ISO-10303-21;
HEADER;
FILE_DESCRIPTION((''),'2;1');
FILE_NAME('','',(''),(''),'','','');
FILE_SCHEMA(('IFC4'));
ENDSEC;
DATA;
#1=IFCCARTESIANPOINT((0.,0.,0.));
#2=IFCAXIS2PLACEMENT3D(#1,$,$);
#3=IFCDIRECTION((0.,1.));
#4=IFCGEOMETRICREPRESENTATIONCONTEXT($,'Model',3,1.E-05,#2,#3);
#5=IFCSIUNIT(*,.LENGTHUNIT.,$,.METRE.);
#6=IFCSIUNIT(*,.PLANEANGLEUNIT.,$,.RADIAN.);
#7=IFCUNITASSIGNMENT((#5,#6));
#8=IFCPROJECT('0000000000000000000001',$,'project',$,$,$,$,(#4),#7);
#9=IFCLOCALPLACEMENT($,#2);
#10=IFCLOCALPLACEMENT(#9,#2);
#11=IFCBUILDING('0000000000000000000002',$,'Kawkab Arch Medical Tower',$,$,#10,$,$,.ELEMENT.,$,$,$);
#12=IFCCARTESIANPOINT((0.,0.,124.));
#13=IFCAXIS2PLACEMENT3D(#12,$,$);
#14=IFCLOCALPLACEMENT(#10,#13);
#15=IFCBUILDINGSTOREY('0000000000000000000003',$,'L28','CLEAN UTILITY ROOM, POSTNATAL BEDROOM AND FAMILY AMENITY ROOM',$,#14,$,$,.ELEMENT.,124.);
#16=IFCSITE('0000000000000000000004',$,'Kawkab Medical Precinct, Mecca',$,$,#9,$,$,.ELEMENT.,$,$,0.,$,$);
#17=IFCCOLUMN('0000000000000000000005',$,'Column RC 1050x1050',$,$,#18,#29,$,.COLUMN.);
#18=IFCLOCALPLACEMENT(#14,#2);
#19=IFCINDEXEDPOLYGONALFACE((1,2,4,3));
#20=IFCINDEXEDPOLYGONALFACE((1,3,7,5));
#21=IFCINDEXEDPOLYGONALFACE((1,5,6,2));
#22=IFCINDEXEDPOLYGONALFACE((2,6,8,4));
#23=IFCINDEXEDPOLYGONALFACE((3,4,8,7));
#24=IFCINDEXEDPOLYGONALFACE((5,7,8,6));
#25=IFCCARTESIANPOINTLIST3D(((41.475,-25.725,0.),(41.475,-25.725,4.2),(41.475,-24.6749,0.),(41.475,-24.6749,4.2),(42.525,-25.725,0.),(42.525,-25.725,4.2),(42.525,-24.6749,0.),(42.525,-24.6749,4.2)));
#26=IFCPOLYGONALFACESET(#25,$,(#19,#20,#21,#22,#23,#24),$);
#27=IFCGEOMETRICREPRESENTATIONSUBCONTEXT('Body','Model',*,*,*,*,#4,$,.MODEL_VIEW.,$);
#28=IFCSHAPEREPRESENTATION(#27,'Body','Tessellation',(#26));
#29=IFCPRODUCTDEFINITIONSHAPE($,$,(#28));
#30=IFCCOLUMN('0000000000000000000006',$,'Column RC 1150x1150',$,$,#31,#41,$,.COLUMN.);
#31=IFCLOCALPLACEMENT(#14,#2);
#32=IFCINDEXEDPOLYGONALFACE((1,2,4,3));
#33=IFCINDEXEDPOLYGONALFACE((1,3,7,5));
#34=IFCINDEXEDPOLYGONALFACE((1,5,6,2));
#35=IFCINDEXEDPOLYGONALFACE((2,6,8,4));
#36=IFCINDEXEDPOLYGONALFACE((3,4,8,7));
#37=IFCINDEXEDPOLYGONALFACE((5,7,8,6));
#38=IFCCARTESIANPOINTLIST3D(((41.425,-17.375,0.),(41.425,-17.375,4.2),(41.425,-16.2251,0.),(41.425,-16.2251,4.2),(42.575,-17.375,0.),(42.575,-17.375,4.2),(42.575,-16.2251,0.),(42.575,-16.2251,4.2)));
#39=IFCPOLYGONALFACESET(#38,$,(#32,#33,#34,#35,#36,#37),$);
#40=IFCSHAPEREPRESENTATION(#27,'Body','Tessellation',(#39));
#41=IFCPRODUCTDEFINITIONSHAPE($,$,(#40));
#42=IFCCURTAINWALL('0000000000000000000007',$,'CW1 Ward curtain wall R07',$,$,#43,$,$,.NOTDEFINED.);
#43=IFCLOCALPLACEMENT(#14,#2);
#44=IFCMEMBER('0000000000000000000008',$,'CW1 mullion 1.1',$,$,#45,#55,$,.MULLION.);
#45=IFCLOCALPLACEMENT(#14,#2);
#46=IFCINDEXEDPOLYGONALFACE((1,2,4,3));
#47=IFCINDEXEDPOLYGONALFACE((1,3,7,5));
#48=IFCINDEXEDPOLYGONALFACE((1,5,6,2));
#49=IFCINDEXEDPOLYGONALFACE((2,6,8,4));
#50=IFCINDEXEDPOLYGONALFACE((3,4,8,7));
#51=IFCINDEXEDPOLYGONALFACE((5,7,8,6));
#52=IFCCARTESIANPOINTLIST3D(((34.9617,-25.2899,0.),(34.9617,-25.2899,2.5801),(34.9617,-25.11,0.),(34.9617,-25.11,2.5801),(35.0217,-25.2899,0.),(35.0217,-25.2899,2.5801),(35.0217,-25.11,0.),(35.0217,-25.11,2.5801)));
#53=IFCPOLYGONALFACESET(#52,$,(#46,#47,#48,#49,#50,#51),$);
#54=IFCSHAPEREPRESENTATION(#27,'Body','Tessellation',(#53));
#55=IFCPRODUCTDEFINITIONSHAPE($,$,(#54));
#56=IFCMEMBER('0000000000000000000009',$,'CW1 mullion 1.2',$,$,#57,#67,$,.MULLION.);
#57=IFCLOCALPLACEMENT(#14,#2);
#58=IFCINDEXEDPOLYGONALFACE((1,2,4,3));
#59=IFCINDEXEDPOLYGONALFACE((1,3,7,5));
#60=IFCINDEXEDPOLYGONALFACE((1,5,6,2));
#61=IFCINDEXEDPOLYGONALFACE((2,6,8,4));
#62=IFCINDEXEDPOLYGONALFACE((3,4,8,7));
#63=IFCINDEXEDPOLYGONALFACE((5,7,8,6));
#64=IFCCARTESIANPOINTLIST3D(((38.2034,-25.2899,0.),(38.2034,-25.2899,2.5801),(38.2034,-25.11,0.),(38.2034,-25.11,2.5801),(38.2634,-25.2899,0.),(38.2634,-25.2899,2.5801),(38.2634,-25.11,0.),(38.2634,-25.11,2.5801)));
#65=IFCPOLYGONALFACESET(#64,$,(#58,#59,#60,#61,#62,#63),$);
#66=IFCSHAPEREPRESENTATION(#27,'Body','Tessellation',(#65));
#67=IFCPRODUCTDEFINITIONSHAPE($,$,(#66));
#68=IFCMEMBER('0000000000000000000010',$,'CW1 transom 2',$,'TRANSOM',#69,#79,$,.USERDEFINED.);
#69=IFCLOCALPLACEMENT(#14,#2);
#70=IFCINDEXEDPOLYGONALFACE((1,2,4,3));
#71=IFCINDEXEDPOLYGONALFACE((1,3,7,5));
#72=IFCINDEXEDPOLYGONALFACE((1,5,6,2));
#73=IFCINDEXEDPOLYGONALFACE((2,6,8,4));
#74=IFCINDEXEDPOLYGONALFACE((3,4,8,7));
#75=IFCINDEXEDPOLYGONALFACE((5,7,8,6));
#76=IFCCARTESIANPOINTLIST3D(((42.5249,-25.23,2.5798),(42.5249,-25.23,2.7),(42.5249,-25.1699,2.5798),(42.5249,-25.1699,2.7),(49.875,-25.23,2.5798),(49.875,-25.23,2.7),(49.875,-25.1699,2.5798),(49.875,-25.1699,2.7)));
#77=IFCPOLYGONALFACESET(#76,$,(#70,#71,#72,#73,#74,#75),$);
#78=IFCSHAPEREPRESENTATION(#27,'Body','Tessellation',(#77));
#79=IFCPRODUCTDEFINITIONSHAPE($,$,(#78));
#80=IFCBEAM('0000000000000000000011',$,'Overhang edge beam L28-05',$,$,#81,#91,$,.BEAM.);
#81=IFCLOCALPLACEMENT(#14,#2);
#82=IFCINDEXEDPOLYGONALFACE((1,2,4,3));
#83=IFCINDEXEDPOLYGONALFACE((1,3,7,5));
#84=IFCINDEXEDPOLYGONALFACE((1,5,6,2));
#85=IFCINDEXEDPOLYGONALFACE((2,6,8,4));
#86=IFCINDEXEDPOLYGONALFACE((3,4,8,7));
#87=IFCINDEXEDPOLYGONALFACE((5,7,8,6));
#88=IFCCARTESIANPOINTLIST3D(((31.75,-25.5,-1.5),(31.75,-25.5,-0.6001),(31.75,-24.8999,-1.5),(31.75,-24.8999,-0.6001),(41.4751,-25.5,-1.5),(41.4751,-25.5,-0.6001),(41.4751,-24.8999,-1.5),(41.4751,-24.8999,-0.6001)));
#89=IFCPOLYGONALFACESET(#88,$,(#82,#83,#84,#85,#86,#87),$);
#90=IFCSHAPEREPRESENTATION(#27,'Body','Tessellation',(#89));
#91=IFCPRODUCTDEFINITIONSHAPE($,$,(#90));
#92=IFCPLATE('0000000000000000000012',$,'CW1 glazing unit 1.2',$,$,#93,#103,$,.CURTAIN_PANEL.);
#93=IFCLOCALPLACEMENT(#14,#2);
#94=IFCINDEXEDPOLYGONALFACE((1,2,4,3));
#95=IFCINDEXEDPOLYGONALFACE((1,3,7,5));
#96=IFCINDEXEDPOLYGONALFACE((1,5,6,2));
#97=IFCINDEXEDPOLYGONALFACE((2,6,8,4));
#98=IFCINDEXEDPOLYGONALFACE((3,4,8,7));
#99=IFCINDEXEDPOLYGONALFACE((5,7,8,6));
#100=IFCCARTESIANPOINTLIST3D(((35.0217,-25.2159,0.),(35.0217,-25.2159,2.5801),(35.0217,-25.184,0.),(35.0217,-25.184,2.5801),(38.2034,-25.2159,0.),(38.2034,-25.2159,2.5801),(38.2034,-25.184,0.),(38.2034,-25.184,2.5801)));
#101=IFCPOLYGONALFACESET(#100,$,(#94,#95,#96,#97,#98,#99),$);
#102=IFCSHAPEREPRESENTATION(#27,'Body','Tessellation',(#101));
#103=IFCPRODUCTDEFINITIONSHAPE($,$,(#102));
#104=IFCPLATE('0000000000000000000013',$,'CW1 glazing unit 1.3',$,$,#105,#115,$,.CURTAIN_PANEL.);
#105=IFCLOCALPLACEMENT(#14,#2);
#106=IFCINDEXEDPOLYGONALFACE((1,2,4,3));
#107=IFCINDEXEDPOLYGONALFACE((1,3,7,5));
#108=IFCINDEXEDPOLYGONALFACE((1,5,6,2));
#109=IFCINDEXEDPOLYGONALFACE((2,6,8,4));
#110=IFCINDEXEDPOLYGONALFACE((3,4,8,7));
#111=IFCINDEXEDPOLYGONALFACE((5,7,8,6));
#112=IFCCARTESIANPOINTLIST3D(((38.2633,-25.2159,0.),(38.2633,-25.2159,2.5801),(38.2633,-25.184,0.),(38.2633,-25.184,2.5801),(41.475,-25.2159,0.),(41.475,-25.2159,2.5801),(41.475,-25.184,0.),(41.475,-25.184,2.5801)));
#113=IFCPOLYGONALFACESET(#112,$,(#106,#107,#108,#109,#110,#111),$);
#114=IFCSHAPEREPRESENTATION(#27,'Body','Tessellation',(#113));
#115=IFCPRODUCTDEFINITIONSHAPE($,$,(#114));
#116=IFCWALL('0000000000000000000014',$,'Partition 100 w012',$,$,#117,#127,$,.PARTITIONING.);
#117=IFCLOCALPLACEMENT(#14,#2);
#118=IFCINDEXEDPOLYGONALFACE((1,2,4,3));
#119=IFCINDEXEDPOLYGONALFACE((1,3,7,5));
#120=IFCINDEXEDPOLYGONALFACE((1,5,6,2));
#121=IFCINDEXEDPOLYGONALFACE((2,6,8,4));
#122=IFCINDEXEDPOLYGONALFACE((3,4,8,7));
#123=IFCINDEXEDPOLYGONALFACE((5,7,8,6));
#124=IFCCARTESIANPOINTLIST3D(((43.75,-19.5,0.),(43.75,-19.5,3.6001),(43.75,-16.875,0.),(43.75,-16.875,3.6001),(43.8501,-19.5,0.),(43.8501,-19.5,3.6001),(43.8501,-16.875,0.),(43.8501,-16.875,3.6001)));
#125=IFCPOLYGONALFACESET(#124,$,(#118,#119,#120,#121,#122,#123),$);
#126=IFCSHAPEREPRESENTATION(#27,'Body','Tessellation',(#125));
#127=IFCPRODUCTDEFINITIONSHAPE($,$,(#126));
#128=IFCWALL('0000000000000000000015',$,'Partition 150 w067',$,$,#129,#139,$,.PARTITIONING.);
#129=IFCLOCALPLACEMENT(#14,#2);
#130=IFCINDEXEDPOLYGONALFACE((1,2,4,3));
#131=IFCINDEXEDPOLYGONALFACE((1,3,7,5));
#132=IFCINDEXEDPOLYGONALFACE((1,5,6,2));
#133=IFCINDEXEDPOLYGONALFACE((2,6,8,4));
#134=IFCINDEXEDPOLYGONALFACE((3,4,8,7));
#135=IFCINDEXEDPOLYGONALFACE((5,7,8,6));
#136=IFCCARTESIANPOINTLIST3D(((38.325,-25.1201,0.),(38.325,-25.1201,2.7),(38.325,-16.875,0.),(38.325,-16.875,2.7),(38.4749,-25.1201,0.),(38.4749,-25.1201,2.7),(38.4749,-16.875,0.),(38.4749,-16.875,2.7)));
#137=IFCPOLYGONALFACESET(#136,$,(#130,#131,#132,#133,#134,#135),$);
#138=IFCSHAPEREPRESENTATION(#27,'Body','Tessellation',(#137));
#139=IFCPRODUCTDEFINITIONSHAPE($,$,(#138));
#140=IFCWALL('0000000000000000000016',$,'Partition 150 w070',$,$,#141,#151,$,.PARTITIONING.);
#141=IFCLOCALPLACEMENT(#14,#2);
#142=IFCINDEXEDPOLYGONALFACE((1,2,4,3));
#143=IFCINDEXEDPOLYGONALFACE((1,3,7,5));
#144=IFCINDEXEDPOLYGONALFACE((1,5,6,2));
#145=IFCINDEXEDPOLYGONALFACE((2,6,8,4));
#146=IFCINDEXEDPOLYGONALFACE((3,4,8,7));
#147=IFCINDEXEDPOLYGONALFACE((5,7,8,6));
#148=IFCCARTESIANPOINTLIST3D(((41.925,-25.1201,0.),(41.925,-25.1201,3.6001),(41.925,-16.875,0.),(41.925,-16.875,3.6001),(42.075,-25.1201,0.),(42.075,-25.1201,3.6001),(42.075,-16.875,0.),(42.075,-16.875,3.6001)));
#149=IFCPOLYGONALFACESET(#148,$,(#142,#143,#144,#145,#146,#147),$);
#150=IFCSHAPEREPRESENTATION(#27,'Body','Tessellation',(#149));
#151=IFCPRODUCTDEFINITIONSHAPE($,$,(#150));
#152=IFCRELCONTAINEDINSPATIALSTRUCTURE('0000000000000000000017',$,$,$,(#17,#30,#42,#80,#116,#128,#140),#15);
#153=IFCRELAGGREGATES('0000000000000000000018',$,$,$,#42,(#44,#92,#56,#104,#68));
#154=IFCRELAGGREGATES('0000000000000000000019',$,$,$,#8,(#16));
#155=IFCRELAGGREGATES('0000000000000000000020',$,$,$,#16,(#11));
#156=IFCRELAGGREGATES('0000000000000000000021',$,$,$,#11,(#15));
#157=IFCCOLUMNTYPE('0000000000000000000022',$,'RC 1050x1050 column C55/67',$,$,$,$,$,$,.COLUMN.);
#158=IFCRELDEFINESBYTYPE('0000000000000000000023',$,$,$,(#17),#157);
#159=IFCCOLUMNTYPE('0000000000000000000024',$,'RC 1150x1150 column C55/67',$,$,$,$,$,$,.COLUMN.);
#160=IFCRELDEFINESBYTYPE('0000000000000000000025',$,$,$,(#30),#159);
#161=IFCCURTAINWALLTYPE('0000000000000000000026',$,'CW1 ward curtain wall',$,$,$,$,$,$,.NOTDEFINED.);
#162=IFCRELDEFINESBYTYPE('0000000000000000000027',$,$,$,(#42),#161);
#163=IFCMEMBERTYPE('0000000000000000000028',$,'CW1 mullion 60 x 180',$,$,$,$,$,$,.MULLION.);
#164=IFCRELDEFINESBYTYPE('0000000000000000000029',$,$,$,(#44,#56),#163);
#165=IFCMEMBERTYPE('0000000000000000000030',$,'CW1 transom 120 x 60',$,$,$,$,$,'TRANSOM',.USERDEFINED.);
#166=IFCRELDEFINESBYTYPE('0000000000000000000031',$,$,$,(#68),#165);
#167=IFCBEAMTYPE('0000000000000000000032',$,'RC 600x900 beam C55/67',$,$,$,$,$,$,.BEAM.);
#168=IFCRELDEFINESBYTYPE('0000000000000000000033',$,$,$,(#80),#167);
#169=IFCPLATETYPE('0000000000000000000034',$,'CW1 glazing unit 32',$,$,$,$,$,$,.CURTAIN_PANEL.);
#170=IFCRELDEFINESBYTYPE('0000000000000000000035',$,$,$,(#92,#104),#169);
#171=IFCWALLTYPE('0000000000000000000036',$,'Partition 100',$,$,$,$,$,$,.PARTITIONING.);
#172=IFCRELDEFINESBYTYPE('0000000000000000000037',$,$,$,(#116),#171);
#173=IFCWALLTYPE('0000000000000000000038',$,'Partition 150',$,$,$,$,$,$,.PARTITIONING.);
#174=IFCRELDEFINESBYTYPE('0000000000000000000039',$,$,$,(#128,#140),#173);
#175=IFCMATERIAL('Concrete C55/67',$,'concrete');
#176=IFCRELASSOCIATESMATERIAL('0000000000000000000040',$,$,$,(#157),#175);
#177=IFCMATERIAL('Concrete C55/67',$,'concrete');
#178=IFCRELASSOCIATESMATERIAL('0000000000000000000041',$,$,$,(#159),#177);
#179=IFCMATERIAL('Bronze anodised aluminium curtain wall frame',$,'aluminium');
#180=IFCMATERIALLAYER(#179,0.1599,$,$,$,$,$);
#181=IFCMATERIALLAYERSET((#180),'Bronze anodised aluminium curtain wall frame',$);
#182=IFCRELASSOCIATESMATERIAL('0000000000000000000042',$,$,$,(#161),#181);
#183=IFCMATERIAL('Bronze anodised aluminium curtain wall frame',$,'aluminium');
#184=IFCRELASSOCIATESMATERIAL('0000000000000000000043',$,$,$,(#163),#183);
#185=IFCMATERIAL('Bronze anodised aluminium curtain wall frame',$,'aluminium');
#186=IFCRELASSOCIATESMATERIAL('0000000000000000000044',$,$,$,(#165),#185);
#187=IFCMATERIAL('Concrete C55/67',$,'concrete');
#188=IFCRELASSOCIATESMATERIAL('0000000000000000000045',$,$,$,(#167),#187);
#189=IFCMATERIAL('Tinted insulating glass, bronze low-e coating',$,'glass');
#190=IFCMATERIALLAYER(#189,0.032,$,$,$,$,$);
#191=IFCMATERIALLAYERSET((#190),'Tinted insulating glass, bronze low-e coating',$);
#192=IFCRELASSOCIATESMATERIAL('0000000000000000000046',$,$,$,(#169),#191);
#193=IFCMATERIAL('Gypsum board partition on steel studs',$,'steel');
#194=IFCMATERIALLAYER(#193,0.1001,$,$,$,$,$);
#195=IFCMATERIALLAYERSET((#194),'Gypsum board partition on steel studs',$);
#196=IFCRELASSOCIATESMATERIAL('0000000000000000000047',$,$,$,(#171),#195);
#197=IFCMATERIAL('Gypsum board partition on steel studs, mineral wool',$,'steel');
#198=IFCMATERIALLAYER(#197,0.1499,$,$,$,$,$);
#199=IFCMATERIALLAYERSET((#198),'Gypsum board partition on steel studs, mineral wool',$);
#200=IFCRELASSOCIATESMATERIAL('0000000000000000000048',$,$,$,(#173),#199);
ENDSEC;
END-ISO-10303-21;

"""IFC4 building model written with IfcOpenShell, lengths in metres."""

from ifc_helpers import new_model, si_unit, direction, frame, frame_2d, origin, origin_2d, place, context, subcontext, project, spatial, rectangle, extrude, material, layer, layer_set, material_profile, profile_set, type_object, element, aggregate, save


model = new_model("IFC4")

# Units and contexts
model_context = context("Model", 3, precision=1e-05, world=origin(), true_north=direction((0.0, 1.0)))
body_context = subcontext(model_context, "Body", "Model", "MODEL_VIEW")
ifc_project = project(units=[si_unit("LENGTHUNIT", "METRE"), si_unit("PLANEANGLEUNIT", "RADIAN")], contexts=[model_context])

# Site, building, storey
site_placement = place(None, origin())
site = spatial("IfcSite", under=ifc_project, at=site_placement, Name="Kawkab Medical Precinct, Mecca", CompositionType="ELEMENT", RefElevation=0.0)
building_placement = place(site_placement, origin())
building = spatial("IfcBuilding", under=site, at=building_placement, Name="Kawkab Arch Medical Tower", CompositionType="ELEMENT")
storey_placement = place(building_placement, frame((0.0, 0.0, 124.0)))
storey = spatial("IfcBuildingStorey", under=building, at=storey_placement, Name="L28", Description="CLEAN UTILITY ROOM, POSTNATAL BEDROOM AND FAMILY AMENITY ROOM", CompositionType="ELEMENT", Elevation=124.0)

# Columns
ifc_material_1 = material(Name="Concrete C55/67", Category="concrete")
ifc_material_profile_1 = material_profile(ifc_material_1, rectangle(XDim=1.05, YDim=1.05, at=origin_2d()), Name="RC 1050x1050")
ifc_profile_set_1 = profile_set([ifc_material_profile_1], Name="Concrete C55/67")
column_type_1 = type_object("IfcColumnType", Name="RC 1050x1050 column C55/67", PredefinedType="COLUMN", material=ifc_profile_set_1)
column_1_placement = place(storey_placement, frame((42.0, -25.2, 0.0), z_axis=(0.0, 0.0, 1.0), x_axis=(1.0, 0.0, 0.0)))
element("IfcColumn", 1, at=column_1_placement, inside=storey, type_object=column_type_1, Name="Column RC 1050x1050", PredefinedType="COLUMN", context=body_context, shape_type="SweptSolid", body=[
    extrude(rectangle(XDim=1.05, YDim=1.05, at=origin_2d()), origin(), (0.0, 0.0, 1.0), 4.2),
])
ifc_material_2 = material(Name="Concrete C55/67", Category="concrete")
ifc_material_profile_2 = material_profile(ifc_material_2, rectangle(XDim=1.1499, YDim=1.1499, at=origin_2d()), Name="RC 1150x1150")
ifc_profile_set_2 = profile_set([ifc_material_profile_2], Name="Concrete C55/67")
column_type_2 = type_object("IfcColumnType", Name="RC 1150x1150 column C55/67", PredefinedType="COLUMN", material=ifc_profile_set_2)
column_2_placement = place(storey_placement, frame((42.0, -16.8, 0.0), z_axis=(0.0, 0.0, 1.0), x_axis=(1.0, 0.0, 0.0)))
element("IfcColumn", 2, at=column_2_placement, inside=storey, type_object=column_type_2, Name="Column RC 1150x1150", PredefinedType="COLUMN", context=body_context, shape_type="SweptSolid", body=[
    extrude(rectangle(XDim=1.1499, YDim=1.1499, at=origin_2d()), origin(), (0.0, 0.0, 1.0), 4.2),
])

# Curtain wall, members
ifc_material_3 = material(Name="Bronze anodised aluminium curtain wall frame", Category="aluminium")
ifc_layer_1 = layer(ifc_material_3, 0.1599)
ifc_layer_set_1 = layer_set([ifc_layer_1], Name="Bronze anodised aluminium curtain wall frame")
curtain_wall_type = type_object("IfcCurtainWallType", Name="CW1 ward curtain wall", PredefinedType="NOTDEFINED", material=ifc_layer_set_1)
curtain_wall_placement = place(storey_placement, origin())
curtain_wall = element("IfcCurtainWall", 3, at=curtain_wall_placement, inside=storey, type_object=curtain_wall_type, Name="CW1 Ward curtain wall R07", PredefinedType="NOTDEFINED")
ifc_material_4 = material(Name="Bronze anodised aluminium curtain wall frame", Category="aluminium")
ifc_material_profile_3 = material_profile(ifc_material_4, rectangle(XDim=0.1799, YDim=0.0601, at=origin_2d()), Name="AL 60x180")
ifc_profile_set_3 = profile_set([ifc_material_profile_3], Name="Bronze anodised aluminium curtain wall frame")
member_type_1 = type_object("IfcMemberType", Name="CW1 mullion 60 x 180", PredefinedType="MULLION", material=ifc_profile_set_3)
member_1_placement = place(storey_placement, frame((34.9917, -25.2, 0.0), z_axis=(0.0, 0.0, 1.0), x_axis=(0.0, 1.0, 0.0)))
member_1 = element("IfcMember", 4, at=member_1_placement, type_object=member_type_1, Name="CW1 mullion 1.1", PredefinedType="MULLION", context=body_context, shape_type="SweptSolid", body=[
    extrude(rectangle(XDim=0.1799, YDim=0.0601, at=origin_2d()), origin(), (0.0, 0.0, 1.0), 2.5801),
])
member_2_placement = place(storey_placement, frame((38.2334, -25.2, 0.0), z_axis=(0.0, 0.0, 1.0), x_axis=(0.0, 1.0, 0.0)))
member_2 = element("IfcMember", 5, at=member_2_placement, type_object=member_type_1, Name="CW1 mullion 1.2", PredefinedType="MULLION", context=body_context, shape_type="SweptSolid", body=[
    extrude(rectangle(XDim=0.1799, YDim=0.0601, at=origin_2d()), origin(), (0.0, 0.0, 1.0), 2.5801),
])
ifc_material_5 = material(Name="Bronze anodised aluminium curtain wall frame", Category="aluminium")
ifc_material_profile_4 = material_profile(ifc_material_5, rectangle(XDim=0.0601, YDim=0.1201, at=origin_2d()), Name="AL 60x120")
ifc_profile_set_4 = profile_set([ifc_material_profile_4], Name="Bronze anodised aluminium curtain wall frame")
member_type_2 = type_object("IfcMemberType", Name="CW1 transom 120 x 60", ElementType="TRANSOM", PredefinedType="USERDEFINED", material=ifc_profile_set_4)
member_3_placement = place(storey_placement, frame((42.5249, -25.2, 2.6399), z_axis=(1.0, 0.0, 0.0), x_axis=(0.0, 1.0, 0.0)))
member_3 = element("IfcMember", 6, at=member_3_placement, type_object=member_type_2, Name="CW1 transom 2", ObjectType="TRANSOM", PredefinedType="USERDEFINED", context=body_context, shape_type="SweptSolid", body=[
    extrude(rectangle(XDim=0.0601, YDim=0.1201, at=origin_2d()), origin(), (0.0, 0.0, 1.0), 7.3501),
])

# Beam
ifc_material_6 = material(Name="Concrete C55/67", Category="concrete")
ifc_material_profile_5 = material_profile(ifc_material_6, rectangle(XDim=0.6001, YDim=0.8999, at=origin_2d()), Name="RC 600x900")
ifc_profile_set_5 = profile_set([ifc_material_profile_5], Name="Concrete C55/67")
beam_type = type_object("IfcBeamType", Name="RC 600x900 beam C55/67", PredefinedType="BEAM", material=ifc_profile_set_5)
beam_placement = place(storey_placement, frame((41.4751, -25.2, -1.05), z_axis=(-1.0, 0.0, 0.0), x_axis=(0.0, -1.0, 0.0)))
element("IfcBeam", 7, at=beam_placement, inside=storey, type_object=beam_type, Name="Overhang edge beam L28-05", PredefinedType="BEAM", context=body_context, shape_type="SweptSolid", body=[
    extrude(rectangle(XDim=0.6001, YDim=0.8999, at=origin_2d()), origin(), (0.0, 0.0, 1.0), 9.7251),
])

# Plates
ifc_material_7 = material(Name="Tinted insulating glass, bronze low-e coating", Category="glass")
ifc_layer_2 = layer(ifc_material_7, 0.032)
ifc_layer_set_2 = layer_set([ifc_layer_2], Name="Tinted insulating glass, bronze low-e coating")
plate_type = type_object("IfcPlateType", Name="CW1 glazing unit 32", PredefinedType="CURTAIN_PANEL", material=ifc_layer_set_2)
plate_1_placement = place(storey_placement, frame((36.6125, -25.2, 0.0), z_axis=(0.0, 0.0, 1.0), x_axis=(1.0, 0.0, 0.0)))
plate_1 = element("IfcPlate", 8, at=plate_1_placement, type_object=plate_type, Name="CW1 glazing unit 1.2", PredefinedType="CURTAIN_PANEL", context=body_context, shape_type="SweptSolid", body=[
    extrude(rectangle(XDim=3.1816, YDim=0.032, at=origin_2d()), origin(), (0.0, 0.0, 1.0), 2.5801),
])
plate_2_placement = place(storey_placement, frame((39.8691, -25.2, 0.0), z_axis=(0.0, 0.0, 1.0), x_axis=(1.0, 0.0, 0.0)))
plate_2 = element("IfcPlate", 9, at=plate_2_placement, type_object=plate_type, Name="CW1 glazing unit 1.3", PredefinedType="CURTAIN_PANEL", context=body_context, shape_type="SweptSolid", body=[
    extrude(rectangle(XDim=3.2117, YDim=0.032, at=origin_2d()), origin(), (0.0, 0.0, 1.0), 2.5801),
])
aggregate(curtain_wall, [member_1, plate_1, member_2, plate_2, member_3])

# Walls
ifc_material_8 = material(Name="Gypsum board partition on steel studs", Category="steel")
ifc_layer_3 = layer(ifc_material_8, 0.1001)
ifc_layer_set_3 = layer_set([ifc_layer_3], Name="Gypsum board partition on steel studs")
wall_type_1 = type_object("IfcWallType", Name="Partition 100", PredefinedType="PARTITIONING", material=ifc_layer_set_3)
wall_1_placement = place(storey_placement, frame((43.8, -19.5, 0.0), z_axis=(0.0, 0.0, 1.0), x_axis=(0.0, 1.0, 0.0)))
element("IfcWall", 10, at=wall_1_placement, inside=storey, type_object=wall_type_1, Name="Partition 100 w012", PredefinedType="PARTITIONING", context=body_context, shape_type="SweptSolid", body=[
    extrude(rectangle(XDim=2.625, YDim=0.1001, at=frame_2d((1.3125, 0.0))), origin(), (0.0, 0.0, 1.0), 3.6001),
])
ifc_material_9 = material(Name="Gypsum board partition on steel studs, mineral wool", Category="steel")
ifc_layer_4 = layer(ifc_material_9, 0.1499)
ifc_layer_set_4 = layer_set([ifc_layer_4], Name="Gypsum board partition on steel studs, mineral wool")
wall_type_2 = type_object("IfcWallType", Name="Partition 150", PredefinedType="PARTITIONING", material=ifc_layer_set_4)
wall_2_placement = place(storey_placement, frame((38.3999, -25.1201, 0.0), z_axis=(0.0, 0.0, 1.0), x_axis=(0.0, 1.0, 0.0)))
element("IfcWall", 11, at=wall_2_placement, inside=storey, type_object=wall_type_2, Name="Partition 150 w067", PredefinedType="PARTITIONING", context=body_context, shape_type="SweptSolid", body=[
    extrude(rectangle(XDim=8.2451, YDim=0.1499, at=frame_2d((4.1226, 0.0))), origin(), (0.0, 0.0, 1.0), 2.7),
])
wall_3_placement = place(storey_placement, frame((42.0, -25.1201, 0.0), z_axis=(0.0, 0.0, 1.0), x_axis=(0.0, 1.0, 0.0)))
element("IfcWall", 12, at=wall_3_placement, inside=storey, type_object=wall_type_2, Name="Partition 150 w070", PredefinedType="PARTITIONING", context=body_context, shape_type="SweptSolid", body=[
    extrude(rectangle(XDim=8.2451, YDim=0.1499, at=frame_2d((4.1226, 0.0))), origin(), (0.0, 0.0, 1.0), 3.6001),
])

save(model, "model.ifc")
